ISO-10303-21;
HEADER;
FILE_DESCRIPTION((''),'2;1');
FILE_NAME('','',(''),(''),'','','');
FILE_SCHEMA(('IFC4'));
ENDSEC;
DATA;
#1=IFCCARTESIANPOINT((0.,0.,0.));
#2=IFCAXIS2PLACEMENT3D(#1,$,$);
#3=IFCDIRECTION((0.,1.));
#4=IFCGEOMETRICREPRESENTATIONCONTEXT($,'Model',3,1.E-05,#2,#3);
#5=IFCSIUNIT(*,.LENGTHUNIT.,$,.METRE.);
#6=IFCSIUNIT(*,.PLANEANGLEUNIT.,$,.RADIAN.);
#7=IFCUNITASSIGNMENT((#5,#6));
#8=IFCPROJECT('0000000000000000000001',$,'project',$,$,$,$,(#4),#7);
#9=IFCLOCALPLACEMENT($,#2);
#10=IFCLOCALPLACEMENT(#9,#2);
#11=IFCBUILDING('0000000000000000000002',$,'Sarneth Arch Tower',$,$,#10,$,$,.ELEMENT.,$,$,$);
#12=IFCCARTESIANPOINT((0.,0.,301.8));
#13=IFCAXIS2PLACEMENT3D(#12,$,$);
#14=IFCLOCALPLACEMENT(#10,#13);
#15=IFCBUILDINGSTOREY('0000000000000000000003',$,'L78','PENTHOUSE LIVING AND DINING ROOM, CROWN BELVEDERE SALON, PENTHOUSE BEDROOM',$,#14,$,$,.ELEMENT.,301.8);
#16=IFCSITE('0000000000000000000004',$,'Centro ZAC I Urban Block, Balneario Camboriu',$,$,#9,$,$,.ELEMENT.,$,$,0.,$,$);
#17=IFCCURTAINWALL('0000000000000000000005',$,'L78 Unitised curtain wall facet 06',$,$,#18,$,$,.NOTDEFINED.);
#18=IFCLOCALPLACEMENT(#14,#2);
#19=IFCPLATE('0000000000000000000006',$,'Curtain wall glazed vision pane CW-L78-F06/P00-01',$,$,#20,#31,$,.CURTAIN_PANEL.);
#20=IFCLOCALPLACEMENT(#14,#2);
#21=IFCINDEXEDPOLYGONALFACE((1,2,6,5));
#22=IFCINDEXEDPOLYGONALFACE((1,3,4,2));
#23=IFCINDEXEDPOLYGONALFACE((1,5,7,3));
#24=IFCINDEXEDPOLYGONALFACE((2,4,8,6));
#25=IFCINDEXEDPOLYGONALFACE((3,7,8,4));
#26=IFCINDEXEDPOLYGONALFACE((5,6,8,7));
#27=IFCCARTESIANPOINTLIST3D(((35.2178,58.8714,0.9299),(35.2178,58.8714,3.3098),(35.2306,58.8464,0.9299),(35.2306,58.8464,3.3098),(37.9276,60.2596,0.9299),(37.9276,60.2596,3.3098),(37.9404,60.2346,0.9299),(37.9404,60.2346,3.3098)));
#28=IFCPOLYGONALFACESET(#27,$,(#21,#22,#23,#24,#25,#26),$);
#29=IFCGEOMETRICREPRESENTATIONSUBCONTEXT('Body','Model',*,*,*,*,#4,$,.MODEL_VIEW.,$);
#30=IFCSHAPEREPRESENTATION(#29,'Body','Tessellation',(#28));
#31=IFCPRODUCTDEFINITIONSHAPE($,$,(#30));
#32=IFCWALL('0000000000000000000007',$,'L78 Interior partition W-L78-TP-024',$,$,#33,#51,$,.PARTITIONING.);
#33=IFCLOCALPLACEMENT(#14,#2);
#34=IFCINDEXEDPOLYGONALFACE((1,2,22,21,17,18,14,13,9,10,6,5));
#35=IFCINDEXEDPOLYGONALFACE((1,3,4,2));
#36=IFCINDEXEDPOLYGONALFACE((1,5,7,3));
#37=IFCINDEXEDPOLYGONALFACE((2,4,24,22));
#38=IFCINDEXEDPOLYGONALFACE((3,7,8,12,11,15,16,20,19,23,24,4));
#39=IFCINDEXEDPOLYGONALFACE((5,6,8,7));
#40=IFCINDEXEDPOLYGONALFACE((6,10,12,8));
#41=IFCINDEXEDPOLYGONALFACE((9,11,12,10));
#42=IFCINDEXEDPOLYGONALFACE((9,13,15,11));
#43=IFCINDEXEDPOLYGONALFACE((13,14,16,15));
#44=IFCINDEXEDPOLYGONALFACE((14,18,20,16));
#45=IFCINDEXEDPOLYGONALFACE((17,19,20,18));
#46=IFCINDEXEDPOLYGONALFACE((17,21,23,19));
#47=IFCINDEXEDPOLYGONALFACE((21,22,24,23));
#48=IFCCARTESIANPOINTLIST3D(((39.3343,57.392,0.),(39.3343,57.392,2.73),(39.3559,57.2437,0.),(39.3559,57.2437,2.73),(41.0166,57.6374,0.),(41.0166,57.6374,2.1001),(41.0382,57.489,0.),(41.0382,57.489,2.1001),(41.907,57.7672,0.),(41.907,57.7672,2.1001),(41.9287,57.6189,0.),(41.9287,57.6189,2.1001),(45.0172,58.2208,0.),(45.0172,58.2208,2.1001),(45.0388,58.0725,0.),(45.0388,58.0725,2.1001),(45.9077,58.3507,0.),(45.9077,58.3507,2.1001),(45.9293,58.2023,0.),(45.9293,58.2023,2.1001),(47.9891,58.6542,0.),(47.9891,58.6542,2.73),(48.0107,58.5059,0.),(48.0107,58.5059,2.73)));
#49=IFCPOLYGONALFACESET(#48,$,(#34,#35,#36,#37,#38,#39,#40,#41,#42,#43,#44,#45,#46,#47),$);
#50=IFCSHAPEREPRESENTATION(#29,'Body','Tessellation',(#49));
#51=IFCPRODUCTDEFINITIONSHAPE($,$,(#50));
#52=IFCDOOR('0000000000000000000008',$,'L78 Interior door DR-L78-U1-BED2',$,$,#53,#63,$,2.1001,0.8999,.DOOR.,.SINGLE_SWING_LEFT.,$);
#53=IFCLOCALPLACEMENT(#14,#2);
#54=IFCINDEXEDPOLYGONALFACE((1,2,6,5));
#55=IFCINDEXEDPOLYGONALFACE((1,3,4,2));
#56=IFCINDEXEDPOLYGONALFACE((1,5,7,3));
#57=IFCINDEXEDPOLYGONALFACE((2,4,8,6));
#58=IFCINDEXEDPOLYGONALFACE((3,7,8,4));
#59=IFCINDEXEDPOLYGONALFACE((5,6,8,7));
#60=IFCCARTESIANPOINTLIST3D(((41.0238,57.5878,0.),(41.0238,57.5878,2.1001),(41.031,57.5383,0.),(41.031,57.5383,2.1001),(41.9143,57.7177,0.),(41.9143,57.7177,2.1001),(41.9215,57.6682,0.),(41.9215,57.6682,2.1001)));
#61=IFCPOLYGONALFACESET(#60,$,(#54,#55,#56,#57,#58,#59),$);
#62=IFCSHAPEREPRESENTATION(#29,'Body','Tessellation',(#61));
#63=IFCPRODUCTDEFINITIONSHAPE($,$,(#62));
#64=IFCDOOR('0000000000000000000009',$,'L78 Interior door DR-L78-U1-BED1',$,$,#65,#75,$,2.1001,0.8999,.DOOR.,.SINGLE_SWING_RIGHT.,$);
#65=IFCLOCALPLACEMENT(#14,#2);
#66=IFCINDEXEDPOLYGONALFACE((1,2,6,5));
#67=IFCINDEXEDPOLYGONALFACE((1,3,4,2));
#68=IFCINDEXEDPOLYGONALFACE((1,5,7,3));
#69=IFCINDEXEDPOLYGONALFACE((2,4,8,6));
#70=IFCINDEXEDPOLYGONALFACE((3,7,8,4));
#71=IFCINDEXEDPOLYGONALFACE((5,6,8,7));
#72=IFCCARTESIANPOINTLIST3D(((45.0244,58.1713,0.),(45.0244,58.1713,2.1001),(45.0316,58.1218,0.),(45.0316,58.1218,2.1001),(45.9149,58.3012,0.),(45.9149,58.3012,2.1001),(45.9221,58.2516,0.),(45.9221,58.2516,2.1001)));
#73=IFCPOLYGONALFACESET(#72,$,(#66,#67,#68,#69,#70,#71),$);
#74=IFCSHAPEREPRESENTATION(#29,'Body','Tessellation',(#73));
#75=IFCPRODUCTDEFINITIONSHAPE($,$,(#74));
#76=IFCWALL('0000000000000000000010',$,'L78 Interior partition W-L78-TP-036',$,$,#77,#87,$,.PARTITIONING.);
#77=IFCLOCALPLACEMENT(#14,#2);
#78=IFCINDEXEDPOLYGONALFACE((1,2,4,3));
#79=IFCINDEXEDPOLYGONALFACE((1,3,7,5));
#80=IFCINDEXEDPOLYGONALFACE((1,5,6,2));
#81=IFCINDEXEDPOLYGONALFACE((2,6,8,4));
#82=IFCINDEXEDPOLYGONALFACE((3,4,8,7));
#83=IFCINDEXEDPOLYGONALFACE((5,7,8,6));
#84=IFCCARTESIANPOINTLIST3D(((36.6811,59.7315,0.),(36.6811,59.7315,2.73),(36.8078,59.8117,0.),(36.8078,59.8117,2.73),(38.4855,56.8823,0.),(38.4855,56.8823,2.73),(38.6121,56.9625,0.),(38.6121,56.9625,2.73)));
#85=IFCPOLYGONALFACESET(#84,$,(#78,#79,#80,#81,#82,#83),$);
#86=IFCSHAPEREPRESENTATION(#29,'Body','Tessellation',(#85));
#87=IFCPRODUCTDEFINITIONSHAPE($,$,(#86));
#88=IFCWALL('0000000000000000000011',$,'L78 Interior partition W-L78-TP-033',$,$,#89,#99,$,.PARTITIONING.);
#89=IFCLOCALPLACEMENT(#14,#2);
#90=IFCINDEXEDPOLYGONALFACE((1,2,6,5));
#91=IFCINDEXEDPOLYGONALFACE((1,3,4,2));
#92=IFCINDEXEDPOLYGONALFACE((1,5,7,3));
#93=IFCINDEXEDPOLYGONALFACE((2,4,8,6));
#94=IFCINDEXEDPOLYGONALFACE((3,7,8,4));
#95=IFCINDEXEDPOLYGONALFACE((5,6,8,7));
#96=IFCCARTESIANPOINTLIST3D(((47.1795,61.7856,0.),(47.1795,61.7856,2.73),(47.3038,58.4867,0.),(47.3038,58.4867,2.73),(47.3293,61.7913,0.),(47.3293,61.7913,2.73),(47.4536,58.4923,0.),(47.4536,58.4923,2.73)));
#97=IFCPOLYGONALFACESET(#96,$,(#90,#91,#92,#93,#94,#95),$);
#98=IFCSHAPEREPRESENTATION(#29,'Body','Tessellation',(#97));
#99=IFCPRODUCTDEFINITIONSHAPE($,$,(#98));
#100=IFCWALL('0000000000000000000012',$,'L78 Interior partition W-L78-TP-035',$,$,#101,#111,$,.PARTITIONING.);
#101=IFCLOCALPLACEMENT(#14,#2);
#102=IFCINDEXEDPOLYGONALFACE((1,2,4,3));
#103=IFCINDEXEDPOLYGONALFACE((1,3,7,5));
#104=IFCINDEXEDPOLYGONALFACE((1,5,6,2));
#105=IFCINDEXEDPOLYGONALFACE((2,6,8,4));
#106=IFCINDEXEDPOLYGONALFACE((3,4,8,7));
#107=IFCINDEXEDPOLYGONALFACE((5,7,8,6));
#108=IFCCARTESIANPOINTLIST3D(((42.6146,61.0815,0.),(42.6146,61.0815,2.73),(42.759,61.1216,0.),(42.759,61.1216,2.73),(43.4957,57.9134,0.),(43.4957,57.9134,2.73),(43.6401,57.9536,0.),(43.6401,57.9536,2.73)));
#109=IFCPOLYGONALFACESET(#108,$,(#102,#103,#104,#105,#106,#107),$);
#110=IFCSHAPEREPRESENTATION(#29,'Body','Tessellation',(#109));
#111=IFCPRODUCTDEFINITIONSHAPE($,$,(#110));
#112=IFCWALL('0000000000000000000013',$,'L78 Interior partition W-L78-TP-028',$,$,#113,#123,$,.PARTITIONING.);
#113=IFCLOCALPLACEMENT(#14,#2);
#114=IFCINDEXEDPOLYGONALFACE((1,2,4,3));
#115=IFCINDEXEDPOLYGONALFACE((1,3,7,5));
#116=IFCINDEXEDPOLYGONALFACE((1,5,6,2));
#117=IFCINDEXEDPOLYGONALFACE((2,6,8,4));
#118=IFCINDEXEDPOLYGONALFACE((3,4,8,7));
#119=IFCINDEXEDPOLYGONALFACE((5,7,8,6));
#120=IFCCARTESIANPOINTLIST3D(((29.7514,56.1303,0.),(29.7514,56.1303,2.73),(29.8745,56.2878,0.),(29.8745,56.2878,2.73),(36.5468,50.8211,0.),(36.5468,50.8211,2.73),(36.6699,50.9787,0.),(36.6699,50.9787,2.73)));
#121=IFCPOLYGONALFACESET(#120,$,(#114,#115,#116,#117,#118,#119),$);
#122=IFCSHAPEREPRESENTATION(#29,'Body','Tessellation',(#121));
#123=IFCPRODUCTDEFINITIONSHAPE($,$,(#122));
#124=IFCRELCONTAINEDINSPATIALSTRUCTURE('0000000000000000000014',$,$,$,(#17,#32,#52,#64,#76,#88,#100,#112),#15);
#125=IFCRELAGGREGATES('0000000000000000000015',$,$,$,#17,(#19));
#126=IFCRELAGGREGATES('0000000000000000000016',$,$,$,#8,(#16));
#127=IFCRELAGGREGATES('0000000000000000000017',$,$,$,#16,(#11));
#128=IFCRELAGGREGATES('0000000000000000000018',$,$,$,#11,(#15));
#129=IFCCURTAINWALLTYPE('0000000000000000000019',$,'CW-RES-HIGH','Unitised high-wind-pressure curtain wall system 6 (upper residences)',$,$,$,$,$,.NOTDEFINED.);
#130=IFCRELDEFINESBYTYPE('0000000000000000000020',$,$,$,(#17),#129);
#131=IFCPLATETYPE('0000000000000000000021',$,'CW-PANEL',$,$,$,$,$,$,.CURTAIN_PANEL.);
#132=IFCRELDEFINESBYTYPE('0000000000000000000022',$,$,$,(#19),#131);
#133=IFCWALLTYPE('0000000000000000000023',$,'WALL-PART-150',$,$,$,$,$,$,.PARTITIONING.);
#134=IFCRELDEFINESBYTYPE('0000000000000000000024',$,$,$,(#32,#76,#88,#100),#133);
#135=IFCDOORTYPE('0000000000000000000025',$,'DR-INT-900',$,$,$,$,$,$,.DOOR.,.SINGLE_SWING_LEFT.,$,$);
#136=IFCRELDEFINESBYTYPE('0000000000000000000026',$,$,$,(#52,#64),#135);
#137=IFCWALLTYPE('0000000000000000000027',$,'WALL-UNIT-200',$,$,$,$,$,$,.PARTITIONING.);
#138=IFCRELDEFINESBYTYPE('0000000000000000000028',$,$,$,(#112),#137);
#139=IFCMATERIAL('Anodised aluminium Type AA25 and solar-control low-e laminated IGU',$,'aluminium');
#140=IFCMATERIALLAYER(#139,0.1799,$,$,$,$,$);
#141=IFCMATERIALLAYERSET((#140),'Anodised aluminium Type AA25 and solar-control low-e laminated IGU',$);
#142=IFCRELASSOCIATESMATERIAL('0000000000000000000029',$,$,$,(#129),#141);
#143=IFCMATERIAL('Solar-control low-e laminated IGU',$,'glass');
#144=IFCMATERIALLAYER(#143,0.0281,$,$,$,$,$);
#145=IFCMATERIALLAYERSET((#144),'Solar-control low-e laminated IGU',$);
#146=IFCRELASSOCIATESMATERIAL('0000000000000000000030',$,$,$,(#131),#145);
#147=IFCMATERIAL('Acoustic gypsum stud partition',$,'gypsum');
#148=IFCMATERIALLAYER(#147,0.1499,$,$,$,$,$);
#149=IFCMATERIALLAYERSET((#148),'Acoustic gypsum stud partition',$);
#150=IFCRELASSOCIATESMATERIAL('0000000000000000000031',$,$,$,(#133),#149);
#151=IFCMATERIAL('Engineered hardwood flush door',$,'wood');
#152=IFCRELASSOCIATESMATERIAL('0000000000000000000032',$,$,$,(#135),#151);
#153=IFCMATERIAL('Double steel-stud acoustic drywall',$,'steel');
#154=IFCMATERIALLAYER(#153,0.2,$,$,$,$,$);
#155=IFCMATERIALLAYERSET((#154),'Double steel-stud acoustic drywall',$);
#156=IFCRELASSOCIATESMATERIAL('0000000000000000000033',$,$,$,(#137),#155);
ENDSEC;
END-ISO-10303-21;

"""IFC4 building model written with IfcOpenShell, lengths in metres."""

from ifc_helpers import new_model, si_unit, direction, frame, frame_2d, origin, origin_2d, place, context, subcontext, project, spatial, rectangle, extrude, material, layer, layer_set, type_object, element, fill, aggregate, save


model = new_model("IFC4")

# Units and contexts
model_context = context("Model", 3, precision=1e-05, world=origin(), true_north=direction((0.0, 1.0)))
body_context = subcontext(model_context, "Body", "Model", "MODEL_VIEW")
ifc_project = project(units=[si_unit("LENGTHUNIT", "METRE"), si_unit("PLANEANGLEUNIT", "RADIAN")], contexts=[model_context])

# Site, building, storey
site_placement = place(None, origin())
site = spatial("IfcSite", under=ifc_project, at=site_placement, Name="Centro ZAC I Urban Block, Balneario Camboriu", CompositionType="ELEMENT", RefElevation=0.0)
building_placement = place(site_placement, origin())
building = spatial("IfcBuilding", under=site, at=building_placement, Name="Sarneth Arch Tower", CompositionType="ELEMENT")
storey_placement = place(building_placement, frame((0.0, 0.0, 301.8)))
storey = spatial("IfcBuildingStorey", under=building, at=storey_placement, Name="L78", Description="PENTHOUSE LIVING AND DINING ROOM, CROWN BELVEDERE SALON, PENTHOUSE BEDROOM", CompositionType="ELEMENT", Elevation=301.8)

# Curtain wall
ifc_material_1 = material(Name="Anodised aluminium Type AA25 and solar-control low-e laminated IGU", Category="aluminium")
ifc_layer_1 = layer(ifc_material_1, 0.1799)
ifc_layer_set_1 = layer_set([ifc_layer_1], Name="Anodised aluminium Type AA25 and solar-control low-e laminated IGU")
curtain_wall_type = type_object("IfcCurtainWallType", Name="CW-RES-HIGH", Description="Unitised high-wind-pressure curtain wall system 6 (upper residences)", PredefinedType="NOTDEFINED", material=ifc_layer_set_1)
curtain_wall_placement = place(storey_placement, origin())
curtain_wall = element("IfcCurtainWall", 1, at=curtain_wall_placement, inside=storey, type_object=curtain_wall_type, Name="L78 Unitised curtain wall facet 06", PredefinedType="NOTDEFINED")

# Plate
ifc_material_2 = material(Name="Solar-control low-e laminated IGU", Category="glass")
ifc_layer_2 = layer(ifc_material_2, 0.0281)
ifc_layer_set_2 = layer_set([ifc_layer_2], Name="Solar-control low-e laminated IGU")
plate_type = type_object("IfcPlateType", Name="CW-PANEL", PredefinedType="CURTAIN_PANEL", material=ifc_layer_set_2)
plate_1_placement = place(storey_placement, frame((36.5791, 59.553, 0.9299), z_axis=(0.0, 0.0, 1.0), x_axis=(-0.89001, -0.455942, 0.0)))
plate_1 = element("IfcPlate", 2, at=plate_1_placement, type_object=plate_type, Name="Curtain wall glazed vision pane CW-L78-F06/P00-01", PredefinedType="CURTAIN_PANEL", context=body_context, shape_type="SweptSolid", body=[
    extrude(rectangle(XDim=3.0447, YDim=0.0281, at=origin_2d()), origin(), (0.0, 0.0, 1.0), 2.3799),
])
aggregate(curtain_wall, [plate_1])

# Wall, openings, doors
ifc_material_3 = material(Name="Acoustic gypsum stud partition", Category="gypsum")
ifc_layer_3 = layer(ifc_material_3, 0.1499)
ifc_layer_set_3 = layer_set([ifc_layer_3], Name="Acoustic gypsum stud partition")
wall_type_1 = type_object("IfcWallType", Name="WALL-PART-150", PredefinedType="PARTITIONING", material=ifc_layer_set_3)
wall_1_placement = place(storey_placement, frame((39.3452, 57.3179, 0.0), z_axis=(0.0, 0.0, 1.0), x_axis=(0.989532, 0.144313, 0.0)))
wall_1 = element("IfcWall", 3, at=wall_1_placement, inside=storey, type_object=wall_type_1, Name="L78 Interior partition W-L78-TP-024", PredefinedType="PARTITIONING", context=body_context, shape_type="SweptSolid", body=[
    extrude(rectangle(XDim=8.7463, YDim=0.1499, at=frame_2d((4.373, 0.0))), origin(), (0.0, 0.0, 1.0), 2.73),
])
opening_1_placement = place(wall_1_placement, frame((1.7, 0.0, 0.0)))
opening_1 = element("IfcOpeningElement", 4, at=opening_1_placement, cuts=wall_1, PredefinedType="OPENING", context=body_context, shape_type="SweptSolid", body=[
    extrude(rectangle(XDim=0.8999, YDim=2.1001, at=frame_2d((0.45, 1.05))), frame((0.0, 0.085, 0.0), z_axis=(0.0, -1.0, 0.0), x_axis=(1.0, 0.0, 0.0)), (0.0, 0.0, 1.0), 0.1699),
])
opening_2_placement = place(wall_1_placement, frame((5.7429, 0.0, 0.0)))
opening_2 = element("IfcOpeningElement", 5, at=opening_2_placement, cuts=wall_1, PredefinedType="OPENING", context=body_context, shape_type="SweptSolid", body=[
    extrude(rectangle(XDim=0.8999, YDim=2.1001, at=frame_2d((0.45, 1.05))), frame((0.0, 0.085, 0.0), z_axis=(0.0, -1.0, 0.0), x_axis=(1.0, 0.0, 0.0)), (0.0, 0.0, 1.0), 0.1699),
])
ifc_material_4 = material(Name="Engineered hardwood flush door", Category="wood")
door_type = type_object("IfcDoorType", Name="DR-INT-900", OperationType="SINGLE_SWING_LEFT", PredefinedType="DOOR", material=ifc_material_4)
door_1_placement = place(opening_1_placement, origin())
door_1 = element("IfcDoor", 6, at=door_1_placement, inside=storey, type_object=door_type, Name="L78 Interior door DR-L78-U1-BED2", OperationType="SINGLE_SWING_LEFT", OverallHeight=2.1001, OverallWidth=0.8999, PredefinedType="DOOR", context=body_context, shape_type="SweptSolid", body=[
    extrude(rectangle(XDim=0.8999, YDim=2.1001, at=frame_2d((0.45, 1.05))), frame((0.0, 0.0249, 0.0), z_axis=(0.0, -1.0, 0.0), x_axis=(1.0, 0.0, 0.0)), (0.0, 0.0, 1.0), 0.05),
])
fill(opening_1, door_1)
door_2_placement = place(opening_2_placement, origin())
door_2 = element("IfcDoor", 7, at=door_2_placement, inside=storey, type_object=door_type, Name="L78 Interior door DR-L78-U1-BED1", OperationType="SINGLE_SWING_RIGHT", OverallHeight=2.1001, OverallWidth=0.8999, PredefinedType="DOOR", context=body_context, shape_type="SweptSolid", body=[
    extrude(rectangle(XDim=0.8999, YDim=2.1001, at=frame_2d((0.45, 1.05))), frame((0.0, 0.0249, 0.0), z_axis=(0.0, -1.0, 0.0), x_axis=(1.0, 0.0, 0.0)), (0.0, 0.0, 1.0), 0.05),
])
fill(opening_2, door_2)

# Walls
wall_2_placement = place(storey_placement, frame((38.5488, 56.9224, 0.0), z_axis=(0.0, 0.0, 1.0), x_axis=(-0.535019, 0.84484, 0.0)))
element("IfcWall", 8, at=wall_2_placement, inside=storey, type_object=wall_type_1, Name="L78 Interior partition W-L78-TP-036", PredefinedType="PARTITIONING", context=body_context, shape_type="SweptSolid", body=[
    extrude(rectangle(XDim=3.3726, YDim=0.1499, at=frame_2d((1.6863, 0.0))), origin(), (0.0, 0.0, 1.0), 2.73),
])
wall_3_placement = place(storey_placement, frame((47.3787, 58.4895, 0.0), z_axis=(0.0, 0.0, 1.0), x_axis=(-0.037644, 0.999291, 0.0)))
element("IfcWall", 9, at=wall_3_placement, inside=storey, type_object=wall_type_1, Name="L78 Interior partition W-L78-TP-033", PredefinedType="PARTITIONING", context=body_context, shape_type="SweptSolid", body=[
    extrude(rectangle(XDim=3.3013, YDim=0.1499, at=frame_2d((1.6506, 0.0))), origin(), (0.0, 0.0, 1.0), 2.73),
])
wall_4_placement = place(storey_placement, frame((43.5679, 57.9336, 0.0), z_axis=(0.0, 0.0, 1.0), x_axis=(-0.267958, 0.963431, 0.0)))
element("IfcWall", 10, at=wall_4_placement, inside=storey, type_object=wall_type_1, Name="L78 Interior partition W-L78-TP-035", PredefinedType="PARTITIONING", context=body_context, shape_type="SweptSolid", body=[
    extrude(rectangle(XDim=3.2883, YDim=0.1499, at=frame_2d((1.644, 0.0))), origin(), (0.0, 0.0, 1.0), 2.73),
])
ifc_material_5 = material(Name="Double steel-stud acoustic drywall", Category="steel")
ifc_layer_4 = layer(ifc_material_5, 0.2)
ifc_layer_set_4 = layer_set([ifc_layer_4], Name="Double steel-stud acoustic drywall")
wall_type_2 = type_object("IfcWallType", Name="WALL-UNIT-200", PredefinedType="PARTITIONING", material=ifc_layer_set_4)
wall_5_placement = place(storey_placement, frame((36.6084, 50.8999, 0.0), z_axis=(0.0, 0.0, 1.0), x_axis=(-0.788015, 0.615656, 0.0)))
element("IfcWall", 11, at=wall_5_placement, inside=storey, type_object=wall_type_2, Name="L78 Interior partition W-L78-TP-028", PredefinedType="PARTITIONING", context=body_context, shape_type="SweptSolid", body=[
    extrude(rectangle(XDim=8.6235, YDim=0.2, at=frame_2d((4.3118, 0.0))), origin(), (0.0, 0.0, 1.0), 2.73),
])

save(model, "model.ifc")
